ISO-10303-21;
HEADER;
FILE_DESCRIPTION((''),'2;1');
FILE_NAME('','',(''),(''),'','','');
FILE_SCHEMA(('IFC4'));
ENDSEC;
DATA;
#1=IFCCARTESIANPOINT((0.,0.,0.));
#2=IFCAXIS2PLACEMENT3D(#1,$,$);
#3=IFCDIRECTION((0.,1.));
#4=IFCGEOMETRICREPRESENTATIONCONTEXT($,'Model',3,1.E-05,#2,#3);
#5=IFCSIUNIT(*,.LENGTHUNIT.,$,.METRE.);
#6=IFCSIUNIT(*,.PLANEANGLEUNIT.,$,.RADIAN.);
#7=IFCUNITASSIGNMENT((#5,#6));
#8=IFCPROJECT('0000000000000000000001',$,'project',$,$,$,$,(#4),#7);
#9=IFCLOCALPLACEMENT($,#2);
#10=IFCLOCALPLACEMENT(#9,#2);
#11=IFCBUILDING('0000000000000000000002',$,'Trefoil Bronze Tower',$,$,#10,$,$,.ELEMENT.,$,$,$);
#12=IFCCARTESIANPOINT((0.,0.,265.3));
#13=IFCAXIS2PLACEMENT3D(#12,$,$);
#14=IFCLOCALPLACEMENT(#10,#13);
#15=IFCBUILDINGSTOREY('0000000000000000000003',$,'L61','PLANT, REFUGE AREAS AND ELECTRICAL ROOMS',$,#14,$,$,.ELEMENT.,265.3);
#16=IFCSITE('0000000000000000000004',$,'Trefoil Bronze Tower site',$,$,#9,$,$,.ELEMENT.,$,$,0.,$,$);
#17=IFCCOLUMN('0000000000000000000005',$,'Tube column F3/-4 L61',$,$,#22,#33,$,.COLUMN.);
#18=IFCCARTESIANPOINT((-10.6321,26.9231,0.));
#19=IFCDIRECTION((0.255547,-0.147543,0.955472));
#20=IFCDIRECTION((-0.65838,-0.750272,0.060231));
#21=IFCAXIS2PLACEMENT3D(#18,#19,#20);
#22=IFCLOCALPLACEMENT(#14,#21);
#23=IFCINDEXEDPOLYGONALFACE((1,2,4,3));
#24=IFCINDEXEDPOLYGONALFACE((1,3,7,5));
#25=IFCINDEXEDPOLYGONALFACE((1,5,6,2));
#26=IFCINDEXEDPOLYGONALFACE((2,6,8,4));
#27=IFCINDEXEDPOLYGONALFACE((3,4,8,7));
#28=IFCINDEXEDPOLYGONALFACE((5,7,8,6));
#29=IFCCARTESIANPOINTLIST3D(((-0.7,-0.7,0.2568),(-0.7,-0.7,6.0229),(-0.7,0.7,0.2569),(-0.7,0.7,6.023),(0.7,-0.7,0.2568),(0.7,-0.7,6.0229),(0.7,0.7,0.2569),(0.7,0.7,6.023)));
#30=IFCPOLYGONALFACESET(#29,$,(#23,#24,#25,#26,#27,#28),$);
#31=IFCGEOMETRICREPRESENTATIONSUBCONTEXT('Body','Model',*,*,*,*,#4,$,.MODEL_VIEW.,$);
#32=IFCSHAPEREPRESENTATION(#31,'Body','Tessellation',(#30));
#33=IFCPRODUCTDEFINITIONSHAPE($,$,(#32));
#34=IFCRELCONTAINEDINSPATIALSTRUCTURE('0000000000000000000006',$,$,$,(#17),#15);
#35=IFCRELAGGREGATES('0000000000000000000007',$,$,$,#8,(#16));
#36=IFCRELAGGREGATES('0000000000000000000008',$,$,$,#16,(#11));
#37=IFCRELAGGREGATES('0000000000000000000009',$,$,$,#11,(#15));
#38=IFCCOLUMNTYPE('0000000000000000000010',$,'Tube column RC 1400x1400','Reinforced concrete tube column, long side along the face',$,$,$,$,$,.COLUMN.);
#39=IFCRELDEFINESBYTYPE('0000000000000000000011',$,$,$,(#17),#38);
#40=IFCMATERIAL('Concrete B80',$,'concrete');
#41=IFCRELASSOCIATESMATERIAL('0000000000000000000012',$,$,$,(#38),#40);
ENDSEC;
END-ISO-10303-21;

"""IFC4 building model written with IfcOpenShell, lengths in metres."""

from ifc_helpers import new_model, si_unit, direction, frame, origin, origin_2d, place, context, subcontext, project, spatial, rectangle, extrude, clip, halfspace, material, material_profile, profile_set, type_object, element, save


model = new_model("IFC4")

# Units and contexts
model_context = context("Model", 3, precision=1e-05, world=origin(), true_north=direction((0.0, 1.0)))
body_context = subcontext(model_context, "Body", "Model", "MODEL_VIEW")
ifc_project = project(units=[si_unit("LENGTHUNIT", "METRE"), si_unit("PLANEANGLEUNIT", "RADIAN")], contexts=[model_context])

# Site, building, storey
site_placement = place(None, origin())
site = spatial("IfcSite", under=ifc_project, at=site_placement, Name="Trefoil Bronze Tower site", CompositionType="ELEMENT", RefElevation=0.0)
building_placement = place(site_placement, origin())
building = spatial("IfcBuilding", under=site, at=building_placement, Name="Trefoil Bronze Tower", CompositionType="ELEMENT")
storey_placement = place(building_placement, frame((0.0, 0.0, 265.3)))
storey = spatial("IfcBuildingStorey", under=building, at=storey_placement, Name="L61", Description="PLANT, REFUGE AREAS AND ELECTRICAL ROOMS", CompositionType="ELEMENT", Elevation=265.3)

# Column
ifc_material_1 = material(Name="Concrete B80", Category="concrete")
ifc_material_profile_1 = material_profile(ifc_material_1, rectangle(XDim=1.3999, YDim=1.3999, at=origin_2d()), Name="RC 1400x1400")
ifc_profile_set_1 = profile_set([ifc_material_profile_1], Name="Concrete B80")
column_type = type_object("IfcColumnType", Name="Tube column RC 1400x1400", Description="Reinforced concrete tube column, long side along the face", PredefinedType="COLUMN", material=ifc_profile_set_1)
column_placement = place(storey_placement, frame((-10.6321, 26.9231, 0.0), z_axis=(0.255547, -0.147543, 0.955472), x_axis=(-0.65838, -0.750272, 0.060231)))
element("IfcColumn", 1, at=column_placement, inside=storey, type_object=column_type, Name="Tube column F3/-4 L61", PredefinedType="COLUMN", context=body_context, shape_type="Clipping", body=[
    clip(clip(extrude(rectangle(XDim=1.3999, YDim=1.3999, at=origin_2d()), origin(), (0.0, 0.0, 1.0), 6.2795), halfspace(frame((0.0, 0.0002, 0.2568), z_axis=(0.000003, -0.000025, 1.0), x_axis=(0.0, 1.0, 0.000025)), True)), halfspace(frame((0.0, 0.0, 6.0229), z_axis=(-0.000003, 0.000025, -1.0), x_axis=(0.0, -1.0, -0.000025)), True)),
])

save(model, "model.ifc")
